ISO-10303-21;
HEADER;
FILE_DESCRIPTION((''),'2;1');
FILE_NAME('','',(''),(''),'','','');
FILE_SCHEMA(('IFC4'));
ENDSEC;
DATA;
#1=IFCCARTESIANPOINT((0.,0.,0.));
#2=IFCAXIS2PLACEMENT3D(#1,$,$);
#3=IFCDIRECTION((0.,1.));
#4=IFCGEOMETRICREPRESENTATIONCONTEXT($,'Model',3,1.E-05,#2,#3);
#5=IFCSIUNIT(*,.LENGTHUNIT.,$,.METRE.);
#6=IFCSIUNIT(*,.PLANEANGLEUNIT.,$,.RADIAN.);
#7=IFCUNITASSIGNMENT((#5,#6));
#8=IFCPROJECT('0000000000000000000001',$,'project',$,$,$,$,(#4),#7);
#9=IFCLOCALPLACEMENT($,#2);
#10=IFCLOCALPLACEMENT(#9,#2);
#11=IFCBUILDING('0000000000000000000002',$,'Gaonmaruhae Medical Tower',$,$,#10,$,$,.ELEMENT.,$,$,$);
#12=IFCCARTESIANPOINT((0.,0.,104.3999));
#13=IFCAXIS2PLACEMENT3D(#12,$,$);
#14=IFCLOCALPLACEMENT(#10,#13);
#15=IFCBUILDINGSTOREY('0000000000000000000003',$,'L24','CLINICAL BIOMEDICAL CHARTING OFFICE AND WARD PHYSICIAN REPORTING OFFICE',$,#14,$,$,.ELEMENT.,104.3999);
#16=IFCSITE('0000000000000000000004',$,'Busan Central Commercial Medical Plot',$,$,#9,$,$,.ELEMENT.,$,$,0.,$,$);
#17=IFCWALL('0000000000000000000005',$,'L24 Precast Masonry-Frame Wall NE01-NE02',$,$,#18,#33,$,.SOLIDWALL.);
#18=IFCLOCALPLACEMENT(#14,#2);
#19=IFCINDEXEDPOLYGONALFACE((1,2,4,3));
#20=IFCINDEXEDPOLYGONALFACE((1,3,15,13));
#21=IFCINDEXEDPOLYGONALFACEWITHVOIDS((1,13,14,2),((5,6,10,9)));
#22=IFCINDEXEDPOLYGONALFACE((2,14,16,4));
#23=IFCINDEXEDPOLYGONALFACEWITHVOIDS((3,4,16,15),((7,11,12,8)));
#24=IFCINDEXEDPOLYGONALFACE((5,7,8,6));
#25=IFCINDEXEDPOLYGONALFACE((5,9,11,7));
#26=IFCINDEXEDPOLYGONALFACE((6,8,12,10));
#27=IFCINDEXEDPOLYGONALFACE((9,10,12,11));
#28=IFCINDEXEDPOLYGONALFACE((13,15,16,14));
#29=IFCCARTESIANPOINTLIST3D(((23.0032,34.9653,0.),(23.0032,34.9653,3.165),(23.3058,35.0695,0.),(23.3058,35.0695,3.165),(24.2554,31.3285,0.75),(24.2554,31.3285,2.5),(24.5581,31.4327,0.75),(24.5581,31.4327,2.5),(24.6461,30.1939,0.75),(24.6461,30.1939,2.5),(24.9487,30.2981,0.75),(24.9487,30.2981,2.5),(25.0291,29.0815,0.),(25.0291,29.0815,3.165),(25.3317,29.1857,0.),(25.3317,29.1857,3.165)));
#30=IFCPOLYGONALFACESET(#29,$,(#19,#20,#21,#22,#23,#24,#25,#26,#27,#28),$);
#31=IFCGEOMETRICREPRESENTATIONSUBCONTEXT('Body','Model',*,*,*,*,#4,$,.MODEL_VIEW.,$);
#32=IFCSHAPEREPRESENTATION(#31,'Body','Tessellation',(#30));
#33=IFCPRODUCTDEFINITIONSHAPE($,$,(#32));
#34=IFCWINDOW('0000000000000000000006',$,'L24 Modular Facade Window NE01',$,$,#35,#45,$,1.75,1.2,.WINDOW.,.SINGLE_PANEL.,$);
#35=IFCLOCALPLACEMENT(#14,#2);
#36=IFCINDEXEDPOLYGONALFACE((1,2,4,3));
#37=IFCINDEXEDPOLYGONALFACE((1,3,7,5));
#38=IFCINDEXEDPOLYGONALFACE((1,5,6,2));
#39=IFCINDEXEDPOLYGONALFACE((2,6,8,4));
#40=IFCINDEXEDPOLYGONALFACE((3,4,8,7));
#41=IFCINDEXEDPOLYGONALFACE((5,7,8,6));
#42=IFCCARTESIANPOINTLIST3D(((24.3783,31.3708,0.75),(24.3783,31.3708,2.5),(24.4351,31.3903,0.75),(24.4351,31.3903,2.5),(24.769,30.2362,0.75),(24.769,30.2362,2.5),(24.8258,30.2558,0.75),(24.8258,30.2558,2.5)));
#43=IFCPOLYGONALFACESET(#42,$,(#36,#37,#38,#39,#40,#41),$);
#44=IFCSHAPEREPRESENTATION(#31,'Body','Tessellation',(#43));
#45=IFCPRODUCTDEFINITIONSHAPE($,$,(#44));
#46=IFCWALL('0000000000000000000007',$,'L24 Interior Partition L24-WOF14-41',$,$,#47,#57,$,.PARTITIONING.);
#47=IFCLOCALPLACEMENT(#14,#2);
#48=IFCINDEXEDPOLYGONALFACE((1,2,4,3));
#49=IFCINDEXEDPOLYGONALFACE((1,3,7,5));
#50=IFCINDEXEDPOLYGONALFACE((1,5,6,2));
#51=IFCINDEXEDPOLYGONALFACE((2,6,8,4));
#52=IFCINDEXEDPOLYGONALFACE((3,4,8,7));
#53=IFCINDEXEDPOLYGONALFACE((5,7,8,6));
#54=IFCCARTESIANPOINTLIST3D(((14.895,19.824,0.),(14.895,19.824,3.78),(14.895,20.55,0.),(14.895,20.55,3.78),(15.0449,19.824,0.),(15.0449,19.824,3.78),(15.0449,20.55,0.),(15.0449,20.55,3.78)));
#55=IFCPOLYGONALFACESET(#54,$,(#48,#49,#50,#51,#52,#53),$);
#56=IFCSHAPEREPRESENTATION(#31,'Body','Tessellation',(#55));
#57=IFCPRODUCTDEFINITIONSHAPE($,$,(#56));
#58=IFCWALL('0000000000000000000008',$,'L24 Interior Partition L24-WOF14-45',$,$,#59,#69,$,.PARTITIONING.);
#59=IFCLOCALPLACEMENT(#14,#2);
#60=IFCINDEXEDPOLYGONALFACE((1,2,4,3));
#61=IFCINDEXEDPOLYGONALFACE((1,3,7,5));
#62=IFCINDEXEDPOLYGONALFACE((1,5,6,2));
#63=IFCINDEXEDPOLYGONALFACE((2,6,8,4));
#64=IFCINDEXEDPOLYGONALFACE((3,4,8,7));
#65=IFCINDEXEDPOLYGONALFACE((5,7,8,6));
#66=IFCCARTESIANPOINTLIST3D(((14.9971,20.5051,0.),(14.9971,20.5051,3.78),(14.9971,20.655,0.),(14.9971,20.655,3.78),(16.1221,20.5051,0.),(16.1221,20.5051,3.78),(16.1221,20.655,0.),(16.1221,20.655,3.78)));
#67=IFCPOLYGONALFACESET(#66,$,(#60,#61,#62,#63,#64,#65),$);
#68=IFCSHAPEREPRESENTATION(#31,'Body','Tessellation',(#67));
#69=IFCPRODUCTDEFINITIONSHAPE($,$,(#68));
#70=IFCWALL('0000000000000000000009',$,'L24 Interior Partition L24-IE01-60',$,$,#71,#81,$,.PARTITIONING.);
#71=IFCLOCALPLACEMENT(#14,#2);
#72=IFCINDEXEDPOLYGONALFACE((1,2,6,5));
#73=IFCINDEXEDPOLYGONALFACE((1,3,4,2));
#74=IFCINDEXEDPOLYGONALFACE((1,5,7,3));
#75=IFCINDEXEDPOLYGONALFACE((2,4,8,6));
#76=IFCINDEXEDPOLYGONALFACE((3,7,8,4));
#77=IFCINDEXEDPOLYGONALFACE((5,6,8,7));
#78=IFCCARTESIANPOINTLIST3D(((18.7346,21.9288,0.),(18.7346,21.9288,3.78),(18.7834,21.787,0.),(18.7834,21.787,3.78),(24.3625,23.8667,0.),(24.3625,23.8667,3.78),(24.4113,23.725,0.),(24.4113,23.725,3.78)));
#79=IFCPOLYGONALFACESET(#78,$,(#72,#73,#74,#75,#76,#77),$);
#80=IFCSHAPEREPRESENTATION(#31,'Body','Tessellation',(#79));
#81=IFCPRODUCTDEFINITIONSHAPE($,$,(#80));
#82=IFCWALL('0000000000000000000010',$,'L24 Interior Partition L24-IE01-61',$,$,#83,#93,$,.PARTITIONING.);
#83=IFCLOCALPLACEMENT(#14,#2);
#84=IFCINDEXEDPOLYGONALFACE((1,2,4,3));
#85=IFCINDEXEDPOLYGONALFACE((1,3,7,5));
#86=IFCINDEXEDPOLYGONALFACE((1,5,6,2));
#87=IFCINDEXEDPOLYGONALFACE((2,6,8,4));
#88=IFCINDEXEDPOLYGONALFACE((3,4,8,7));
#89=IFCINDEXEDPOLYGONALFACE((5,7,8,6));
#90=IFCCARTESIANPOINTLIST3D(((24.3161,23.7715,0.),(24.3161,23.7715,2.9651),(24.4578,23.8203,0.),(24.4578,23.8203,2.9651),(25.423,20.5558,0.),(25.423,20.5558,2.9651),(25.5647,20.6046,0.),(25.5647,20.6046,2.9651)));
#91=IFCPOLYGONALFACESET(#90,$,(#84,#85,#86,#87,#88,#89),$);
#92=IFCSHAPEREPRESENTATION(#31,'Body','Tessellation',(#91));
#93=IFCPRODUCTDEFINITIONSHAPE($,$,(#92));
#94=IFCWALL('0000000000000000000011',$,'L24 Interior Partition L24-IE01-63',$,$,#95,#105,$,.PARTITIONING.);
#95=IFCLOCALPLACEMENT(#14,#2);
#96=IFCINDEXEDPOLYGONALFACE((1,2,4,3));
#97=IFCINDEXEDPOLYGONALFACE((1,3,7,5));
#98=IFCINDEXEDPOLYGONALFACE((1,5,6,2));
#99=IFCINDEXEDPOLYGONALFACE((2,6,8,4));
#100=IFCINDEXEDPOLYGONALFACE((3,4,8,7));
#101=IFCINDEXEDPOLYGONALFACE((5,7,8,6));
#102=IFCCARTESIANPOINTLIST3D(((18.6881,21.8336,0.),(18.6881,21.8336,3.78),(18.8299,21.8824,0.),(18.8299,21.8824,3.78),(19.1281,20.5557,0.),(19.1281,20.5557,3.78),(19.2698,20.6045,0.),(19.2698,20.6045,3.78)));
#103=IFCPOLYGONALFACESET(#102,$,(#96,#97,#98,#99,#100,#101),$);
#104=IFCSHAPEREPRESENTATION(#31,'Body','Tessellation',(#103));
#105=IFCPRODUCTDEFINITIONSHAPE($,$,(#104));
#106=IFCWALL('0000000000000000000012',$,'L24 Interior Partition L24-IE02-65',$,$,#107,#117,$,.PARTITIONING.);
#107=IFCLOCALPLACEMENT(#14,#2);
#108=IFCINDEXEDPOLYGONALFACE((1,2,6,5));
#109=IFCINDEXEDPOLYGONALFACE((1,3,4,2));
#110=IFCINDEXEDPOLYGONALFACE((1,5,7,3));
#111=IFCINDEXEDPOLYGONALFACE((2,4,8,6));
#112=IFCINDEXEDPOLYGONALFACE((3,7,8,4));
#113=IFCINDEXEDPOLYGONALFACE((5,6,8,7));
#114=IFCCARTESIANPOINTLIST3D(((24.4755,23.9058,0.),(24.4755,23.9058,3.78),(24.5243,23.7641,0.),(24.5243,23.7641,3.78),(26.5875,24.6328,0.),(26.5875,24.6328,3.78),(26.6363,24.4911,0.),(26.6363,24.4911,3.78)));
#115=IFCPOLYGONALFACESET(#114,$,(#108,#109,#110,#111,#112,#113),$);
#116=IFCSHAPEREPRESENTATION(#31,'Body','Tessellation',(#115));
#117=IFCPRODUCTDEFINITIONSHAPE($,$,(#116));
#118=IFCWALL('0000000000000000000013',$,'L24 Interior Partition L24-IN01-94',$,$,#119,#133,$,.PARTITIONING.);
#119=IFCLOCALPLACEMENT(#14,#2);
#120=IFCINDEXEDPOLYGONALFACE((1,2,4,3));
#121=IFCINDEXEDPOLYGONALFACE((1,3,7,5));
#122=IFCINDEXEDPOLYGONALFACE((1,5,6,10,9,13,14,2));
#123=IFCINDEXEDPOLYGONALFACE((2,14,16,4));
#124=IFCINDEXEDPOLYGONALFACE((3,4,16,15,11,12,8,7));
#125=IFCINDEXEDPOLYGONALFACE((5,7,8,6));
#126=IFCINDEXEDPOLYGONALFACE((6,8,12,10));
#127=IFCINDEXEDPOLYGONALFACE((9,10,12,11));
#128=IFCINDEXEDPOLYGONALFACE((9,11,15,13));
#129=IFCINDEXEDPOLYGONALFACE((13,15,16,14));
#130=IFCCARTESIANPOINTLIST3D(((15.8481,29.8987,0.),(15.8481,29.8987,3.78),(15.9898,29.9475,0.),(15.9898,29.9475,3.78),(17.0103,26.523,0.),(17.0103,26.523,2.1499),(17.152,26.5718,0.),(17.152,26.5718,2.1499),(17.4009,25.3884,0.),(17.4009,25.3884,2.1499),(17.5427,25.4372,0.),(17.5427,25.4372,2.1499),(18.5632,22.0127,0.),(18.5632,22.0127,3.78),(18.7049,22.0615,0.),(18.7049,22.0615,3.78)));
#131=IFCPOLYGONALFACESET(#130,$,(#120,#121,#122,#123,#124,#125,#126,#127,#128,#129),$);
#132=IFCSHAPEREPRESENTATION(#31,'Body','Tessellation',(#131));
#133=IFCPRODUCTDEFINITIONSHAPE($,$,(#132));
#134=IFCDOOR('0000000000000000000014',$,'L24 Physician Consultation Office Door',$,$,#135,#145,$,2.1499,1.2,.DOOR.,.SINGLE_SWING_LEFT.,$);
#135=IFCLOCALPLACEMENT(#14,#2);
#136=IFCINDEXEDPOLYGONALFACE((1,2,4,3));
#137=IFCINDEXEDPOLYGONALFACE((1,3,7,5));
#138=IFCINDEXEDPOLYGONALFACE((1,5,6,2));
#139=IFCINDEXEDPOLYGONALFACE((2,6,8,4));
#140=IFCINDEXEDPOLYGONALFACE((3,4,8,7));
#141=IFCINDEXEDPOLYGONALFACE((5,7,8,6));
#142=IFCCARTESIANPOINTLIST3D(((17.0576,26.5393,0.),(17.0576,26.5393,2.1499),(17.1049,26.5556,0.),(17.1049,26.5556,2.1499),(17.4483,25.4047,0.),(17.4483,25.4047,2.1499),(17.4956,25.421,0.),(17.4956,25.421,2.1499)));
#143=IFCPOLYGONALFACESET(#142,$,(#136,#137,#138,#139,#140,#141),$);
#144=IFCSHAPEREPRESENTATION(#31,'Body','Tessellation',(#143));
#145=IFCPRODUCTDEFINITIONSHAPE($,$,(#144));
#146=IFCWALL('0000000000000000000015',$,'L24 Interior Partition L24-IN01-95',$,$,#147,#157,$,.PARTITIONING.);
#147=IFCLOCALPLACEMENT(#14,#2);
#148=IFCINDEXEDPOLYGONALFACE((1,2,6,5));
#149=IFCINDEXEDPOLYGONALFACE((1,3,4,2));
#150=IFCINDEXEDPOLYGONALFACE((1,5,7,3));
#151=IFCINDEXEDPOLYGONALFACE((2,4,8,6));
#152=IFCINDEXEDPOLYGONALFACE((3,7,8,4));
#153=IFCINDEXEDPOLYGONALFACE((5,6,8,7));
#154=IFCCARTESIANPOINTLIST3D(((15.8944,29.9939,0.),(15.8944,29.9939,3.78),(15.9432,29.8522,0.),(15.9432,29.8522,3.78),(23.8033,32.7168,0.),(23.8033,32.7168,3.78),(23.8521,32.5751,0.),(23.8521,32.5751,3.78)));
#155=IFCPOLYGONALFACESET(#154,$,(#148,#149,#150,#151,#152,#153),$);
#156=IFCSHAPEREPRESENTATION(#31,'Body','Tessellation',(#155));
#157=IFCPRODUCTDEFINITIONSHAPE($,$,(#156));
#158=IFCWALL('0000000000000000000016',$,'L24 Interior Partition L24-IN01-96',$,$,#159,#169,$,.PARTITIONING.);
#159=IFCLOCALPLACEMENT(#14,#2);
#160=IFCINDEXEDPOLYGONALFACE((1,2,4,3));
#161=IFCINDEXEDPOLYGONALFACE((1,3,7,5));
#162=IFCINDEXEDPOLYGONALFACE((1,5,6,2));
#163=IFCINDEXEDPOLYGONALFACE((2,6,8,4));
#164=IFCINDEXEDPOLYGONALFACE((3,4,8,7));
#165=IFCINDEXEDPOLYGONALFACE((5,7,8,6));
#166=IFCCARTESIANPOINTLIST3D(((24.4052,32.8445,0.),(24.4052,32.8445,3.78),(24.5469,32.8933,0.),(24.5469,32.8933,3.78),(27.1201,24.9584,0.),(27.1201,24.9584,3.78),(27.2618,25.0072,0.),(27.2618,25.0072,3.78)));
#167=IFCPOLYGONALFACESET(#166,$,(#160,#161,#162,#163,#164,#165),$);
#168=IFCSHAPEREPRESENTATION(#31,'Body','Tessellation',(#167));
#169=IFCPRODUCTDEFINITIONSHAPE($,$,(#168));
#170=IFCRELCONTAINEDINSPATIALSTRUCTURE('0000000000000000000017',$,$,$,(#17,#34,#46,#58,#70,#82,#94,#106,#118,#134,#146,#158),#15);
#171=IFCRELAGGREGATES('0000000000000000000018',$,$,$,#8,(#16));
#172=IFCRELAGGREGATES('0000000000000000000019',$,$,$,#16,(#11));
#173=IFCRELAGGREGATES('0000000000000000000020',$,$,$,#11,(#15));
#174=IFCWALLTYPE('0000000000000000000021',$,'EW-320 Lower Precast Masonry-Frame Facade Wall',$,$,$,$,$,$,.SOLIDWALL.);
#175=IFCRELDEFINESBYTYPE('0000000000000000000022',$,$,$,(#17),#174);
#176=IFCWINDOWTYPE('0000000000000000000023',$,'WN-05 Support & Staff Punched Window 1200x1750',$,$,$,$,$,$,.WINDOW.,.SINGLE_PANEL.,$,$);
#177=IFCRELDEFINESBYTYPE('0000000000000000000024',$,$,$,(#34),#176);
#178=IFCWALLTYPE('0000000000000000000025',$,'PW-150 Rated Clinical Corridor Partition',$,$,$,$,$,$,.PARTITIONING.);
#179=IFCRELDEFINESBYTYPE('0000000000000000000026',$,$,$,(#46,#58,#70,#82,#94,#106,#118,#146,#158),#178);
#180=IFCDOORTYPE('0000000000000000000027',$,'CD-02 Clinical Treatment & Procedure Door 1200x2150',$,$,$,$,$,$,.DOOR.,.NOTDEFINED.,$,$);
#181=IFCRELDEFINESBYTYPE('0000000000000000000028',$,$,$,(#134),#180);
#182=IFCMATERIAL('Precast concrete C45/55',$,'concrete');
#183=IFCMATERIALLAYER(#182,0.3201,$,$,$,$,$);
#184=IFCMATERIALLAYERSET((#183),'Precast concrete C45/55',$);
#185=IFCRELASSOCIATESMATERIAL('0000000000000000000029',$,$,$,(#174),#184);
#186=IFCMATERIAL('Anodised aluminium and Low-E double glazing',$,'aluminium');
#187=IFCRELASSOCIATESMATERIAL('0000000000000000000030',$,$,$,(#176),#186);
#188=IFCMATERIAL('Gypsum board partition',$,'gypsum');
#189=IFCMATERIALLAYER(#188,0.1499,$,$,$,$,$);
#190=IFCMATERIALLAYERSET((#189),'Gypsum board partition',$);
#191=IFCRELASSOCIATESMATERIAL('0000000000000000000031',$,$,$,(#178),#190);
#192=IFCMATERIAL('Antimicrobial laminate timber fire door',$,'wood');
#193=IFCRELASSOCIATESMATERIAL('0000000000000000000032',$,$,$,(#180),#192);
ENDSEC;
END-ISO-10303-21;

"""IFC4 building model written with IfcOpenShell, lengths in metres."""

from ifc_helpers import new_model, si_unit, direction, frame, frame_2d, origin, place, context, subcontext, project, spatial, rectangle, extrude, material, layer, layer_set, type_object, element, fill, save


model = new_model("IFC4")

# Units and contexts
model_context = context("Model", 3, precision=1e-05, world=origin(), true_north=direction((0.0, 1.0)))
body_context = subcontext(model_context, "Body", "Model", "MODEL_VIEW")
ifc_project = project(units=[si_unit("LENGTHUNIT", "METRE"), si_unit("PLANEANGLEUNIT", "RADIAN")], contexts=[model_context])

# Site, building, storey
site_placement = place(None, origin())
site = spatial("IfcSite", under=ifc_project, at=site_placement, Name="Busan Central Commercial Medical Plot", CompositionType="ELEMENT", RefElevation=0.0)
building_placement = place(site_placement, origin())
building = spatial("IfcBuilding", under=site, at=building_placement, Name="Gaonmaruhae Medical Tower", CompositionType="ELEMENT")
storey_placement = place(building_placement, frame((0.0, 0.0, 104.3999)))
storey = spatial("IfcBuildingStorey", under=building, at=storey_placement, Name="L24", Description="CLINICAL BIOMEDICAL CHARTING OFFICE AND WARD PHYSICIAN REPORTING OFFICE", CompositionType="ELEMENT", Elevation=104.3999)

# Wall, opening, window
ifc_material_1 = material(Name="Precast concrete C45/55", Category="concrete")
ifc_layer_1 = layer(ifc_material_1, 0.3201)
ifc_layer_set_1 = layer_set([ifc_layer_1], Name="Precast concrete C45/55")
wall_type_1 = type_object("IfcWallType", Name="EW-320 Lower Precast Masonry-Frame Facade Wall", PredefinedType="SOLIDWALL", material=ifc_layer_set_1)
wall_1_placement = place(storey_placement, frame((23.1545, 35.0173, 0.0), z_axis=(0.0, 0.0, 1.0), x_axis=(0.325558, -0.945522, 0.0)))
wall_1 = element("IfcWall", 1, at=wall_1_placement, inside=storey, type_object=wall_type_1, Name="L24 Precast Masonry-Frame Wall NE01-NE02", PredefinedType="SOLIDWALL", context=body_context, shape_type="SweptSolid", body=[
    extrude(rectangle(XDim=6.2229, YDim=0.3201, at=frame_2d((3.1113, 0.0))), origin(), (0.0, 0.0, 1.0), 3.165),
])
opening_1_placement = place(wall_1_placement, frame((3.8462, 0.0, 0.75)))
opening_1 = element("IfcOpeningElement", 2, at=opening_1_placement, cuts=wall_1, PredefinedType="OPENING", context=body_context, shape_type="SweptSolid", body=[
    extrude(rectangle(XDim=1.2, YDim=1.75, at=frame_2d((0.6001, 0.875))), frame((0.0, 0.1699, 0.0), z_axis=(0.0, -1.0, 0.0), x_axis=(1.0, 0.0, 0.0)), (0.0, 0.0, 1.0), 0.3401),
])
ifc_material_2 = material(Name="Anodised aluminium and Low-E double glazing", Category="aluminium")
window_type = type_object("IfcWindowType", Name="WN-05 Support & Staff Punched Window 1200x1750", PartitioningType="SINGLE_PANEL", PredefinedType="WINDOW", material=ifc_material_2)
window_placement = place(opening_1_placement, origin())
window = element("IfcWindow", 3, at=window_placement, inside=storey, type_object=window_type, Name="L24 Modular Facade Window NE01", OverallHeight=1.75, OverallWidth=1.2, PartitioningType="SINGLE_PANEL", PredefinedType="WINDOW", context=body_context, shape_type="SweptSolid", body=[
    extrude(rectangle(XDim=1.2, YDim=1.75, at=frame_2d((0.6001, 0.875))), frame((0.0, 0.03, 0.0), z_axis=(0.0, -1.0, 0.0), x_axis=(1.0, 0.0, 0.0)), (0.0, 0.0, 1.0), 0.0601),
])
fill(opening_1, window)

# Shared definitions
ifc_material_3 = material(Name="Gypsum board partition", Category="gypsum")
ifc_layer_2 = layer(ifc_material_3, 0.1499)
ifc_layer_set_2 = layer_set([ifc_layer_2], Name="Gypsum board partition")
wall_type_2 = type_object("IfcWallType", Name="PW-150 Rated Clinical Corridor Partition", PredefinedType="PARTITIONING", material=ifc_layer_set_2)
ifc_material_4 = material(Name="Antimicrobial laminate timber fire door", Category="wood")

# Wall
wall_2_placement = place(storey_placement, frame((14.97, 20.55, 0.0), z_axis=(0.0, 0.0, 1.0), x_axis=(0.0, -1.0, 0.0)))
element("IfcWall", 4, at=wall_2_placement, inside=storey, type_object=wall_type_2, Name="L24 Interior Partition L24-WOF14-41", PredefinedType="PARTITIONING", context=body_context, shape_type="SweptSolid", body=[
    extrude(rectangle(XDim=0.7261, YDim=0.1499, at=frame_2d((0.363, 0.0))), origin(), (0.0, 0.0, 1.0), 3.78),
])

# Shared definitions
door_type_1 = type_object("IfcDoorType", Name="CD-02 Clinical Treatment & Procedure Door 1200x2150", OperationType="NOTDEFINED", PredefinedType="DOOR", material=ifc_material_4)

# Wall
wall_3_placement = place(storey_placement, frame((16.1221, 20.5801, 0.0), z_axis=(0.0, 0.0, 1.0), x_axis=(-1.0, 0.0, 0.0)))
element("IfcWall", 5, at=wall_3_placement, inside=storey, type_object=wall_type_2, Name="L24 Interior Partition L24-WOF14-45", PredefinedType="PARTITIONING", context=body_context, shape_type="SweptSolid", body=[
    extrude(rectangle(XDim=1.125, YDim=0.1499, at=frame_2d((0.5625, 0.0))), origin(), (0.0, 0.0, 1.0), 3.78),
])

# Walls
wall_4_placement = place(storey_placement, frame((18.759, 21.8579, 0.0), z_axis=(0.0, 0.0, 1.0), x_axis=(0.945512, 0.325589, 0.0)))
element("IfcWall", 6, at=wall_4_placement, inside=storey, type_object=wall_type_2, Name="L24 Interior Partition L24-IE01-60", PredefinedType="PARTITIONING", context=body_context, shape_type="SweptSolid", body=[
    extrude(rectangle(XDim=5.9521, YDim=0.1499, at=frame_2d((2.9761, 0.0))), origin(), (0.0, 0.0, 1.0), 3.78),
])
wall_5_placement = place(storey_placement, frame((24.387, 23.7959, 0.0), z_axis=(0.0, 0.0, 1.0), x_axis=(0.325473, -0.945551, 0.0)))
element("IfcWall", 7, at=wall_5_placement, inside=storey, type_object=wall_type_2, Name="L24 Interior Partition L24-IE01-61", PredefinedType="PARTITIONING", context=body_context, shape_type="SweptSolid", body=[
    extrude(rectangle(XDim=3.4009, YDim=0.1499, at=frame_2d((1.7004, 0.0))), origin(), (0.0, 0.0, 1.0), 2.9651),
])
wall_6_placement = place(storey_placement, frame((19.199, 20.5801, 0.0), z_axis=(0.0, 0.0, 1.0), x_axis=(-0.325534, 0.94553, 0.0)))
element("IfcWall", 8, at=wall_6_placement, inside=storey, type_object=wall_type_2, Name="L24 Interior Partition L24-IE01-63", PredefinedType="PARTITIONING", context=body_context, shape_type="SweptSolid", body=[
    extrude(rectangle(XDim=1.3516, YDim=0.1499, at=frame_2d((0.6758, 0.0))), origin(), (0.0, 0.0, 1.0), 3.78),
])
wall_7_placement = place(storey_placement, frame((24.5, 23.835, 0.0), z_axis=(0.0, 0.0, 1.0), x_axis=(0.945545, 0.325492, 0.0)))
element("IfcWall", 9, at=wall_7_placement, inside=storey, type_object=wall_type_2, Name="L24 Interior Partition L24-IE02-65", PredefinedType="PARTITIONING", context=body_context, shape_type="SweptSolid", body=[
    extrude(rectangle(XDim=2.2336, YDim=0.1499, at=frame_2d((1.1167, 0.0))), origin(), (0.0, 0.0, 1.0), 3.78),
])

# Wall, opening, door
wall_8_placement = place(storey_placement, frame((18.634, 22.0371, 0.0), z_axis=(0.0, 0.0, 1.0), x_axis=(-0.325539, 0.945529, 0.0)))
wall_8 = element("IfcWall", 10, at=wall_8_placement, inside=storey, type_object=wall_type_2, Name="L24 Interior Partition L24-IN01-94", PredefinedType="PARTITIONING", context=body_context, shape_type="SweptSolid", body=[
    extrude(rectangle(XDim=8.3403, YDim=0.1499, at=frame_2d((4.1702, 0.0))), origin(), (0.0, 0.0, 1.0), 3.78),
])
opening_2_placement = place(wall_8_placement, frame((3.5701, 0.0, 0.0)))
opening_2 = element("IfcOpeningElement", 11, at=opening_2_placement, cuts=wall_8, PredefinedType="OPENING", context=body_context, shape_type="SweptSolid", body=[
    extrude(rectangle(XDim=1.2, YDim=2.1499, at=frame_2d((0.6001, 1.075))), frame((0.0, 0.085, 0.0), z_axis=(0.0, -1.0, 0.0), x_axis=(1.0, 0.0, 0.0)), (0.0, 0.0, 1.0), 0.1699),
])
door_1_placement = place(opening_2_placement, origin())
door_1 = element("IfcDoor", 12, at=door_1_placement, inside=storey, type_object=door_type_1, Name="L24 Physician Consultation Office Door", OperationType="SINGLE_SWING_LEFT", OverallHeight=2.1499, OverallWidth=1.2, PredefinedType="DOOR", context=body_context, shape_type="SweptSolid", body=[
    extrude(rectangle(XDim=1.2, YDim=2.1499, at=frame_2d((0.6001, 1.075))), frame((0.0, 0.0249, 0.0), z_axis=(0.0, -1.0, 0.0), x_axis=(1.0, 0.0, 0.0)), (0.0, 0.0, 1.0), 0.05),
])
fill(opening_2, door_1)

# Walls
wall_9_placement = place(storey_placement, frame((15.9189, 29.9231, 0.0), z_axis=(0.0, 0.0, 1.0), x_axis=(0.945532, 0.325529, 0.0)))
element("IfcWall", 13, at=wall_9_placement, inside=storey, type_object=wall_type_2, Name="L24 Interior Partition L24-IN01-95", PredefinedType="PARTITIONING", context=body_context, shape_type="SweptSolid", body=[
    extrude(rectangle(XDim=8.3645, YDim=0.1499, at=frame_2d((4.1821, 0.0))), origin(), (0.0, 0.0, 1.0), 3.78),
])
wall_10_placement = place(storey_placement, frame((24.4761, 32.8689, 0.0), z_axis=(0.0, 0.0, 1.0), x_axis=(0.325513, -0.945538, 0.0)))
element("IfcWall", 14, at=wall_10_placement, inside=storey, type_object=wall_type_2, Name="L24 Interior Partition L24-IN01-96", PredefinedType="PARTITIONING", context=body_context, shape_type="SweptSolid", body=[
    extrude(rectangle(XDim=8.3403, YDim=0.1499, at=frame_2d((4.1702, 0.0))), origin(), (0.0, 0.0, 1.0), 3.78),
])

save(model, "model.ifc")
